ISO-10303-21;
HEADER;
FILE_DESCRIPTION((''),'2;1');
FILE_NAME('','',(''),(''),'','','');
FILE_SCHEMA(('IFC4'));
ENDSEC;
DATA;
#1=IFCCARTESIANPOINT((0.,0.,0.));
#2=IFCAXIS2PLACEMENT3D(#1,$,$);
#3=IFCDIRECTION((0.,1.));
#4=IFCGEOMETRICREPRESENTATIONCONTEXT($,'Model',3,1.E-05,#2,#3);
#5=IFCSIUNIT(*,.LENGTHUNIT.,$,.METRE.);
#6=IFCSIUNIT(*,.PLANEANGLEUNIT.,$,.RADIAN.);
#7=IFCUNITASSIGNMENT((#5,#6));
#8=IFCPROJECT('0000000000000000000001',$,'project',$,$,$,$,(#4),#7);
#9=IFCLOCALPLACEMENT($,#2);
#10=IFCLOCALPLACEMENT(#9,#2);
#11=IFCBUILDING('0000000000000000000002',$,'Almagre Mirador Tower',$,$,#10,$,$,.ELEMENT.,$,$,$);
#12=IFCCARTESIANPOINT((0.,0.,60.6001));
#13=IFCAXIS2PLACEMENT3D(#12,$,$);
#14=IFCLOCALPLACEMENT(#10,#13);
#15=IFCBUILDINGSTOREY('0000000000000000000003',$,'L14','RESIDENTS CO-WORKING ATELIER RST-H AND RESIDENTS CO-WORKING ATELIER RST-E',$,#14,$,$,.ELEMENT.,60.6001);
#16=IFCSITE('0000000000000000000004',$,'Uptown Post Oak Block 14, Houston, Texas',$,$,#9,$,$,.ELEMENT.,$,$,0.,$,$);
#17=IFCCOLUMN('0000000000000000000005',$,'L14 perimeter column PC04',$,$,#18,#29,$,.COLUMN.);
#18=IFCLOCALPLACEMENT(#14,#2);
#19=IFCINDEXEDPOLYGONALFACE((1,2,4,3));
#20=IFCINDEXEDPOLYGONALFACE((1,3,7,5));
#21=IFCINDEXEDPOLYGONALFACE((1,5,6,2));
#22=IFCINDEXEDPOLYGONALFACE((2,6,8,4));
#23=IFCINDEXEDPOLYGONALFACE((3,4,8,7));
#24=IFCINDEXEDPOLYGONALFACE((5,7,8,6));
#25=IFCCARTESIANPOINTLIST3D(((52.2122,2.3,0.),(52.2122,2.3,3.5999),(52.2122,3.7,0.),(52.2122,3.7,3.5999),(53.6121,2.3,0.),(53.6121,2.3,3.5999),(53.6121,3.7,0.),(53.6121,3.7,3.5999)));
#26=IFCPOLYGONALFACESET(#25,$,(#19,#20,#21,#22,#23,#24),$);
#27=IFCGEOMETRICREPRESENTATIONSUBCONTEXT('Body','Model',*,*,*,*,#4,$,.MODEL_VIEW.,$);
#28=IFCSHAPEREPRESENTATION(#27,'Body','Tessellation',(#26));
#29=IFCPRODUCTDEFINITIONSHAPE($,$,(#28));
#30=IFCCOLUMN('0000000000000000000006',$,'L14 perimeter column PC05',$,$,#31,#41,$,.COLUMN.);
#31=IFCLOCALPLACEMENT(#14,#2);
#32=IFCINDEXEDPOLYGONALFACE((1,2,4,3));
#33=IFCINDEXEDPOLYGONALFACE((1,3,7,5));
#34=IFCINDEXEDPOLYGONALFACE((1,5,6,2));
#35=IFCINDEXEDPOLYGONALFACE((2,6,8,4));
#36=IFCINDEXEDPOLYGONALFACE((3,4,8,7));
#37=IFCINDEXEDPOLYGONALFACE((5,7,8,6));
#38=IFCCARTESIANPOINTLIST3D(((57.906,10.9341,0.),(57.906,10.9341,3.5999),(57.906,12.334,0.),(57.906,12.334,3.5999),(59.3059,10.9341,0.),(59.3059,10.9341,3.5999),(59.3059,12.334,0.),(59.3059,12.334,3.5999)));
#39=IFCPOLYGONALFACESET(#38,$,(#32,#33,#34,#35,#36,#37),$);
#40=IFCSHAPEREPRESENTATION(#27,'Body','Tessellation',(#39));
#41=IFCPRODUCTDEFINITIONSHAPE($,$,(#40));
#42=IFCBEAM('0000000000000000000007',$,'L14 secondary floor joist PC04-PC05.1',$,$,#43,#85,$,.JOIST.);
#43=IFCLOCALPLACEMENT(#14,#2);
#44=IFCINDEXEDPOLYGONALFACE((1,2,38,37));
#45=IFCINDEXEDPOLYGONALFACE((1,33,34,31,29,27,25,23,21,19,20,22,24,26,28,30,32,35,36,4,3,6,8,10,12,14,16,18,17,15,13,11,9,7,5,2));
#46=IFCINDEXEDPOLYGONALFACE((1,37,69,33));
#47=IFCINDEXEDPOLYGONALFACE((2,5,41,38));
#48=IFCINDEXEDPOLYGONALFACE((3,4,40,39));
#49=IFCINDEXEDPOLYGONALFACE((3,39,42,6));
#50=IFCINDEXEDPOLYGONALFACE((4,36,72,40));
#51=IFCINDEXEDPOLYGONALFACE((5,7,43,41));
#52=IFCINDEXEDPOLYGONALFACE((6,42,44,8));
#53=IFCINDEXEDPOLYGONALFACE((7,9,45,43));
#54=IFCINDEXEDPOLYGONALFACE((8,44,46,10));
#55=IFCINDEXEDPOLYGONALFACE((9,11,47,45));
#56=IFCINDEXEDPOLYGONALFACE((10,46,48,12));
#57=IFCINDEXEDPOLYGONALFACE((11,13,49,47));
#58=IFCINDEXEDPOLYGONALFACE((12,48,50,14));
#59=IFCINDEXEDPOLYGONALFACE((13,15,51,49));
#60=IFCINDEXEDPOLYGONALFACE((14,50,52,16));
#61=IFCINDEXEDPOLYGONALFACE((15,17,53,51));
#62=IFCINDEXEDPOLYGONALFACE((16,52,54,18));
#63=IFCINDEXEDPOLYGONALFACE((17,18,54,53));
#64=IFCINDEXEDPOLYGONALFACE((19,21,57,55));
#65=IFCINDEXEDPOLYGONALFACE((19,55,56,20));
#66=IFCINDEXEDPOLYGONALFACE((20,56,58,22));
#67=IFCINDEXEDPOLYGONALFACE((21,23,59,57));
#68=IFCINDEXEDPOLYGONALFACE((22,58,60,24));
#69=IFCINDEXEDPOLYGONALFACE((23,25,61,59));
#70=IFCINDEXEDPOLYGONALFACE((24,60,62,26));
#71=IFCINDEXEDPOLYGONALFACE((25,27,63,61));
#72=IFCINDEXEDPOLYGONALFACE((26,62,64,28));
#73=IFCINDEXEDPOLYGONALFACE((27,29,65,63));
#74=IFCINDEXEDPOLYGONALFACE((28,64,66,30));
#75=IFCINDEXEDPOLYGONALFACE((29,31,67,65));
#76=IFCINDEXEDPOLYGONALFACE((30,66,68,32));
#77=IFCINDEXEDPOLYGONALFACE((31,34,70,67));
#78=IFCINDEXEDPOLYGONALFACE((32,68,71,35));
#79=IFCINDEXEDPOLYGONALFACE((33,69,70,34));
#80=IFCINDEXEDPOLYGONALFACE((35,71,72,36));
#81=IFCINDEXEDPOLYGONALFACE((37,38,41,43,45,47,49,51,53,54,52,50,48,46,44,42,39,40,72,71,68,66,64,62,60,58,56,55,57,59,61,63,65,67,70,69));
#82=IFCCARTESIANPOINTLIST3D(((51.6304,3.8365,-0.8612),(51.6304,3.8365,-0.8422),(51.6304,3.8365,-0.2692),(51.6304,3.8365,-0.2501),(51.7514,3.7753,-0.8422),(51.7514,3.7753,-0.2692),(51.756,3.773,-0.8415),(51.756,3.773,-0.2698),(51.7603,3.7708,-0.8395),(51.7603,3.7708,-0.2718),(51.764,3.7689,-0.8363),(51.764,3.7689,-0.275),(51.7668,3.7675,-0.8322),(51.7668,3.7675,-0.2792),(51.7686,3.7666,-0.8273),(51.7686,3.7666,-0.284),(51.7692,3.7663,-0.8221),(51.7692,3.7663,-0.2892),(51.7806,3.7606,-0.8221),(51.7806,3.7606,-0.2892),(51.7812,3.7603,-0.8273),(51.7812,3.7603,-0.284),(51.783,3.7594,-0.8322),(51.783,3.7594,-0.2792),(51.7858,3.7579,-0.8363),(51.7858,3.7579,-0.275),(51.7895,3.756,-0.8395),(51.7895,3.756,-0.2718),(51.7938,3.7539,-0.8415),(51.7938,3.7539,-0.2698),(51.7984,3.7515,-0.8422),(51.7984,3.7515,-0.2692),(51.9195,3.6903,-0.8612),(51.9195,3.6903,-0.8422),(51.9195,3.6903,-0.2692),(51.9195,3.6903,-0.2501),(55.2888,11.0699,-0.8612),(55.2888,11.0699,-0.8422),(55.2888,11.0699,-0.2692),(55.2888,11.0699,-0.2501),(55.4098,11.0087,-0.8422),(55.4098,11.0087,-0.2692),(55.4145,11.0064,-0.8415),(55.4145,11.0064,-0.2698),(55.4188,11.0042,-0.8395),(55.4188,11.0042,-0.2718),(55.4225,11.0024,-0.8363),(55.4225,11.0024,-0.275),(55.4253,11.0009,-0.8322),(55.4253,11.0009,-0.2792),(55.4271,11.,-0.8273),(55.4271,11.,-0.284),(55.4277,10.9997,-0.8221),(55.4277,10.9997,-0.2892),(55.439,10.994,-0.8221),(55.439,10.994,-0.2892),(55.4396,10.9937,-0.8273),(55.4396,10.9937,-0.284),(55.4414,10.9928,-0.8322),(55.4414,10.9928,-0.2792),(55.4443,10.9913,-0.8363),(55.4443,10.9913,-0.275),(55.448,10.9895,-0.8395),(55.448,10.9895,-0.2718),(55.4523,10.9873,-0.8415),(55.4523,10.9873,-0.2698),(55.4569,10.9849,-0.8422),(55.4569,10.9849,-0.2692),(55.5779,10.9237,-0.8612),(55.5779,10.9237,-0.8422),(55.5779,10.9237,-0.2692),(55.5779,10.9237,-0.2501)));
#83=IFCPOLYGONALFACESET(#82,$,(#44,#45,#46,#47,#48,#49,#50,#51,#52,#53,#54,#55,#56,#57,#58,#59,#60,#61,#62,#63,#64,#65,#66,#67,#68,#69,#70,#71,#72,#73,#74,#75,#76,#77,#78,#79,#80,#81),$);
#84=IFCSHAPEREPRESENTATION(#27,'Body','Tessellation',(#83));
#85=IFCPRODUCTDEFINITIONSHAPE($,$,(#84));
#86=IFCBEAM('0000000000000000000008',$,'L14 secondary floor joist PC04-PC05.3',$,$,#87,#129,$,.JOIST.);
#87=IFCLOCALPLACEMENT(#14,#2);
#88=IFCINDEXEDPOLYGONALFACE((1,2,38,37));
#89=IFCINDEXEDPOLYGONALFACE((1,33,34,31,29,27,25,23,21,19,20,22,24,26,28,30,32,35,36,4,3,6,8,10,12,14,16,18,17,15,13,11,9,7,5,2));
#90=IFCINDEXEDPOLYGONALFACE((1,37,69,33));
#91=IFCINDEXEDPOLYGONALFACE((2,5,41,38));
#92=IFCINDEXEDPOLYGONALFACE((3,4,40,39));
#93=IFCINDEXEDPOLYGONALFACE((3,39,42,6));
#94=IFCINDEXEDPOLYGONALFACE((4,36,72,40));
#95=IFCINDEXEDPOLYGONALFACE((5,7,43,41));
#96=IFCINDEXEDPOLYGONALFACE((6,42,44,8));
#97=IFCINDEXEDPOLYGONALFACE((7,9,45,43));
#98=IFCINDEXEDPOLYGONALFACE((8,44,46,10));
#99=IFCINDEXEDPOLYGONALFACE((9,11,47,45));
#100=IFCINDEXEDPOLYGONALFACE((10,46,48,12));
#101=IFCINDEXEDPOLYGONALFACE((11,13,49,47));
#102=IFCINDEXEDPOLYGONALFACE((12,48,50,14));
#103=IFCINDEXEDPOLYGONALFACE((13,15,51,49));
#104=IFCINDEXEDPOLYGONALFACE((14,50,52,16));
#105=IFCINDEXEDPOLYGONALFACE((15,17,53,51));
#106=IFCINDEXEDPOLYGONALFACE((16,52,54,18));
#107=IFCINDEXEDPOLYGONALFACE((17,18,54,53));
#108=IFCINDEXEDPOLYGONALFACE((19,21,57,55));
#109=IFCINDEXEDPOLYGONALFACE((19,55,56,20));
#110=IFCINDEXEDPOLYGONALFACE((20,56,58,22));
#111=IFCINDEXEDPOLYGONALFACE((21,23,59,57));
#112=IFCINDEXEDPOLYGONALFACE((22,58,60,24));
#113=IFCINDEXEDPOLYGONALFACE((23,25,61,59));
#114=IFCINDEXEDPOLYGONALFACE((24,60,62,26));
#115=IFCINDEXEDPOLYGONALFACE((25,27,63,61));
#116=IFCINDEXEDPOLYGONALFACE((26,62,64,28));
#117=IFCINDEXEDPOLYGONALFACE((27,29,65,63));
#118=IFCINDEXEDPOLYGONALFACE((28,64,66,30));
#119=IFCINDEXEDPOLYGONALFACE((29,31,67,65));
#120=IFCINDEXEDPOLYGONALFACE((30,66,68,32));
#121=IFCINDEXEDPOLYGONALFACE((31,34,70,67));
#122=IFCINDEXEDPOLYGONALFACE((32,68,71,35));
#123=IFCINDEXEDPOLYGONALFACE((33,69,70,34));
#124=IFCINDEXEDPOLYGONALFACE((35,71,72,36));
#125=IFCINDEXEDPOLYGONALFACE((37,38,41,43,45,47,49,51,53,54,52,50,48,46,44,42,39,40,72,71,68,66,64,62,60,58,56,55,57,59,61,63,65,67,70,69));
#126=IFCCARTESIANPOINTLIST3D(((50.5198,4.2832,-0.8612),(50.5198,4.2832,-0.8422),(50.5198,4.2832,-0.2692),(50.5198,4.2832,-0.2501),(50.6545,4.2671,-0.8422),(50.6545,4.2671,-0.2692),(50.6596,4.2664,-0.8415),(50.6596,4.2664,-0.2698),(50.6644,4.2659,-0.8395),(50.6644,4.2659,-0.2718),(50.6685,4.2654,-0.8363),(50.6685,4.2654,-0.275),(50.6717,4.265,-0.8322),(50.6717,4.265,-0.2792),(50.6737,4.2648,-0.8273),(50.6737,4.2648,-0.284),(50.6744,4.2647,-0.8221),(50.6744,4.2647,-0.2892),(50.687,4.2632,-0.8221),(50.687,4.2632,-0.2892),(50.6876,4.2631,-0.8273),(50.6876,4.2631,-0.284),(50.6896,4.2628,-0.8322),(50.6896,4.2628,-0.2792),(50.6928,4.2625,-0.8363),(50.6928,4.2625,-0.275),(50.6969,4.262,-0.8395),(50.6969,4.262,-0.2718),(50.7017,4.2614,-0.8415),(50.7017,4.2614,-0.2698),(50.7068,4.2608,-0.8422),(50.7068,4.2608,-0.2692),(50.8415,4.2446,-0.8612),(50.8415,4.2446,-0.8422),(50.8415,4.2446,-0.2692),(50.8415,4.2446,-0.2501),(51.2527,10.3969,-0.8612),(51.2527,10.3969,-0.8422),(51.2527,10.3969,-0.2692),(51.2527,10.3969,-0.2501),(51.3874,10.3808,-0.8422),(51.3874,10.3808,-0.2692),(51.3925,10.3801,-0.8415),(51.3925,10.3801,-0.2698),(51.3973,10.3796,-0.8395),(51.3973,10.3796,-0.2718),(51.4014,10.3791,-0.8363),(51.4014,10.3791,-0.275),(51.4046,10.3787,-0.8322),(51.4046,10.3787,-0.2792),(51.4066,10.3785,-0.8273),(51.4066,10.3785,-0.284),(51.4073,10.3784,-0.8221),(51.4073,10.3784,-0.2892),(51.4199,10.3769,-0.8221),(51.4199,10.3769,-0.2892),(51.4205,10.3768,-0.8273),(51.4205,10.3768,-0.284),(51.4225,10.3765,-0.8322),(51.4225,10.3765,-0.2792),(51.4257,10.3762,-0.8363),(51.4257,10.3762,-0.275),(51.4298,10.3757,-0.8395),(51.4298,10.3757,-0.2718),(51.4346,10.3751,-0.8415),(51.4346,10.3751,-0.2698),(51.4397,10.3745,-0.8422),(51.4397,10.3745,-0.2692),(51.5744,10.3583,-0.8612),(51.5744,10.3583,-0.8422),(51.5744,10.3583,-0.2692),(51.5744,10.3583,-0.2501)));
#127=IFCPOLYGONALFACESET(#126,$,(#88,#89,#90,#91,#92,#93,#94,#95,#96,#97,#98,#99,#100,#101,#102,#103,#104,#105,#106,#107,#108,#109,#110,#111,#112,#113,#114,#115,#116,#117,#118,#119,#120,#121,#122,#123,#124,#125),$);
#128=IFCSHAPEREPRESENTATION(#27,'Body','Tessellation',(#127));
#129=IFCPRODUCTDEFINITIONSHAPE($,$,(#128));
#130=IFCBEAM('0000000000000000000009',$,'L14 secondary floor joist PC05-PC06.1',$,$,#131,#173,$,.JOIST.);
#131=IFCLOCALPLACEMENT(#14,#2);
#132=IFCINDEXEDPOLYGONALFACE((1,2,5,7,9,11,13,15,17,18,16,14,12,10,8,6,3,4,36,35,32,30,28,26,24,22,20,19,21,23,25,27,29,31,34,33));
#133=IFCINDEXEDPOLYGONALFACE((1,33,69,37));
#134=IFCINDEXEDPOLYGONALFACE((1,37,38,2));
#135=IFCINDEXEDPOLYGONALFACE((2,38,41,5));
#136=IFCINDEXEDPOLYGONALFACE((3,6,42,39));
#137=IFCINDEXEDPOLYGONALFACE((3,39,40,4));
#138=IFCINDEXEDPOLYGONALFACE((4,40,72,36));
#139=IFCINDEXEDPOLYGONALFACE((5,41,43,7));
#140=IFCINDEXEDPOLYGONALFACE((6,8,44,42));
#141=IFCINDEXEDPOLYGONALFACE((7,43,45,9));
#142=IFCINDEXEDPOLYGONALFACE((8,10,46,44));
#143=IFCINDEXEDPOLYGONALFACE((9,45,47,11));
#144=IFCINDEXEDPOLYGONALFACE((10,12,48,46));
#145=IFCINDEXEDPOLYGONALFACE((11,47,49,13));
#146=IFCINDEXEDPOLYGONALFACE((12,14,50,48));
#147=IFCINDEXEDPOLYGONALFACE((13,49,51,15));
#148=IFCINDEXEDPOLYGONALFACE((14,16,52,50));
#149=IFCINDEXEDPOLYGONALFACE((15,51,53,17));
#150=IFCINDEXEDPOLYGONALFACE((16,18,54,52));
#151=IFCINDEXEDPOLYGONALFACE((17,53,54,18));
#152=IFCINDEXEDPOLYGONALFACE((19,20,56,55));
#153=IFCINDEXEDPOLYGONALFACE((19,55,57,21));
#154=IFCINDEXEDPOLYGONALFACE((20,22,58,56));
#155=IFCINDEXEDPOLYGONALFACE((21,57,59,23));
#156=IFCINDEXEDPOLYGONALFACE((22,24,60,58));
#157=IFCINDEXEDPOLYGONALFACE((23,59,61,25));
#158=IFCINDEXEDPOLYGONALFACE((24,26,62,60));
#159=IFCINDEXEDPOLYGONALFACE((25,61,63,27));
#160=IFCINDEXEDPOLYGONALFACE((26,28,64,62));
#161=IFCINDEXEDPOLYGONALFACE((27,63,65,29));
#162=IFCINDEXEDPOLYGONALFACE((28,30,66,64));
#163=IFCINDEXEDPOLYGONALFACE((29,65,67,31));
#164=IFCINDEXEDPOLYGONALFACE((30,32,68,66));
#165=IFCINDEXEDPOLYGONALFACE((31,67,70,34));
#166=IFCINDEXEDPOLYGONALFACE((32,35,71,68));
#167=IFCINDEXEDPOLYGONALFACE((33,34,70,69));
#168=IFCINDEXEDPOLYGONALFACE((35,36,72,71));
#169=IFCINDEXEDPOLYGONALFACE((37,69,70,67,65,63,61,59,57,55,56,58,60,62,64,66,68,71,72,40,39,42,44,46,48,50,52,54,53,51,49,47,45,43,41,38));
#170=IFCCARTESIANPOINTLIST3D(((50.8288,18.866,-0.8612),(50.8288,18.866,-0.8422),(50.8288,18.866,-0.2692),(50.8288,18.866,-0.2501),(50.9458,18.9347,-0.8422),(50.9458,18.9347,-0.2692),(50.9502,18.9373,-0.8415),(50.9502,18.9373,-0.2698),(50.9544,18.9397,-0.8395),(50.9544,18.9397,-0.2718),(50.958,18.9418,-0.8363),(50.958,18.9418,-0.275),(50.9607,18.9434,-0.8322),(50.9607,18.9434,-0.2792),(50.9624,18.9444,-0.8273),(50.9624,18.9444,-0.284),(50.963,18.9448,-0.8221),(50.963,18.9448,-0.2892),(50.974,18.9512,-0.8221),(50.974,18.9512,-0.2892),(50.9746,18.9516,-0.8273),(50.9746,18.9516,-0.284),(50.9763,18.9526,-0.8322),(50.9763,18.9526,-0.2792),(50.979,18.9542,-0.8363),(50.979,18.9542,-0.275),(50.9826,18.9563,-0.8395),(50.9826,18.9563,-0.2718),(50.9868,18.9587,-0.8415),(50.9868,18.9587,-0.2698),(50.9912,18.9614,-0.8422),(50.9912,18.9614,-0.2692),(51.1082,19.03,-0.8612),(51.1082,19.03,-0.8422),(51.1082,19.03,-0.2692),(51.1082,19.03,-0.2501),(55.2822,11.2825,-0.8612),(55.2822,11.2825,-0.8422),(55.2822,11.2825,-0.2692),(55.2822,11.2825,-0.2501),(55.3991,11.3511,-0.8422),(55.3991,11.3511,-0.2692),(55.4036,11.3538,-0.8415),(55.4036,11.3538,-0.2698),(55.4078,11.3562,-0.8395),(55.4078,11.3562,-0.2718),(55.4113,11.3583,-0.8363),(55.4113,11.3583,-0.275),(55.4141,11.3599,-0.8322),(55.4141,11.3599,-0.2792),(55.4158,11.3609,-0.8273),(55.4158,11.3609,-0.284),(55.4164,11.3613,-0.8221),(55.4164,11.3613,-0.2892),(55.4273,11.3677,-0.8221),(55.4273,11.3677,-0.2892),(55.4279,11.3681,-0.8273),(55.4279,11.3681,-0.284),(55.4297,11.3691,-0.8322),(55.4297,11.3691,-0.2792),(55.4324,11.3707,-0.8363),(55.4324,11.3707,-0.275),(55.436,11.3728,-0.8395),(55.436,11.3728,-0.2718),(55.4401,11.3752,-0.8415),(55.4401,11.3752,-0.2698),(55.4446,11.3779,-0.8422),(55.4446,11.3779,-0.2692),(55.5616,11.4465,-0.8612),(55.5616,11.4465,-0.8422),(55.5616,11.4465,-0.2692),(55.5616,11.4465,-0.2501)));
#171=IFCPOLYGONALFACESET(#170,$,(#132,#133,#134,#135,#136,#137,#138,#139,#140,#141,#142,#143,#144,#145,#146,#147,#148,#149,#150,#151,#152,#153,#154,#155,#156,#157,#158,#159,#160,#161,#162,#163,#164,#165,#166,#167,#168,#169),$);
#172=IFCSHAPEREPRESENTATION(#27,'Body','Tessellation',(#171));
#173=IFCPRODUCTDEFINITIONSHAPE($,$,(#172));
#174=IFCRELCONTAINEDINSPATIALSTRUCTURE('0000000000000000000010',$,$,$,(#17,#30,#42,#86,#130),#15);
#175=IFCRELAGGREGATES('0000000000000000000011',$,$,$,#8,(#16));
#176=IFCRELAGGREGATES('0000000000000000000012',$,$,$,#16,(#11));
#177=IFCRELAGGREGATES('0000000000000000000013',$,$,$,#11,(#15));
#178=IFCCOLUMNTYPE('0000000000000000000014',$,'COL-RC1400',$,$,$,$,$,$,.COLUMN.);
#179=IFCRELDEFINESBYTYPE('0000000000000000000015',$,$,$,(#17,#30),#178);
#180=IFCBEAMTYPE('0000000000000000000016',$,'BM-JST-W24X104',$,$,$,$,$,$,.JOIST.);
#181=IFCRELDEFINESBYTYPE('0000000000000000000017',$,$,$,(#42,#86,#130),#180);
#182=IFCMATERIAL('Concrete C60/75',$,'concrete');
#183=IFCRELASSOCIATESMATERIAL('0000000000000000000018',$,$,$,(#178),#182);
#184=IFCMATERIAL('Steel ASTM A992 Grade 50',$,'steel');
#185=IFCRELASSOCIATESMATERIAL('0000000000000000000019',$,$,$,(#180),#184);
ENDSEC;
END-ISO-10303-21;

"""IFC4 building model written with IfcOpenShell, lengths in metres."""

from ifc_helpers import new_model, si_unit, direction, frame, origin, origin_2d, place, context, subcontext, project, spatial, rectangle, i_section, extrude, material, material_profile, profile_set, type_object, element, save


model = new_model("IFC4")

# Units and contexts
model_context = context("Model", 3, precision=1e-05, world=origin(), true_north=direction((0.0, 1.0)))
body_context = subcontext(model_context, "Body", "Model", "MODEL_VIEW")
ifc_project = project(units=[si_unit("LENGTHUNIT", "METRE"), si_unit("PLANEANGLEUNIT", "RADIAN")], contexts=[model_context])

# Site, building, storey
site_placement = place(None, origin())
site = spatial("IfcSite", under=ifc_project, at=site_placement, Name="Uptown Post Oak Block 14, Houston, Texas", CompositionType="ELEMENT", RefElevation=0.0)
building_placement = place(site_placement, origin())
building = spatial("IfcBuilding", under=site, at=building_placement, Name="Almagre Mirador Tower", CompositionType="ELEMENT")
storey_placement = place(building_placement, frame((0.0, 0.0, 60.6001)))
storey = spatial("IfcBuildingStorey", under=building, at=storey_placement, Name="L14", Description="RESIDENTS CO-WORKING ATELIER RST-H AND RESIDENTS CO-WORKING ATELIER RST-E", CompositionType="ELEMENT", Elevation=60.6001)

# Columns
ifc_material_1 = material(Name="Concrete C60/75", Category="concrete")
ifc_material_profile_1 = material_profile(ifc_material_1, rectangle(XDim=1.3999, YDim=1.3999, at=origin_2d()), Name="RC1400X1400")
ifc_profile_set_1 = profile_set([ifc_material_profile_1], Name="Concrete C60/75")
column_type = type_object("IfcColumnType", Name="COL-RC1400", PredefinedType="COLUMN", material=ifc_profile_set_1)
for number, where, z_axis, x_axis, name in (
    (1, (52.9121, 3.0, 0.0), (0.0, 0.0, 1.0), (1.0, 0.0, 0.0), "L14 perimeter column PC04"),
    (2, (58.606, 11.634, 0.0), (0.0, 0.0, 1.0), (1.0, 0.0, 0.0), "L14 perimeter column PC05"),
):
    element("IfcColumn", number, at=place(storey_placement, frame(where, z_axis=z_axis, x_axis=x_axis)), inside=storey, type_object=column_type, Name=name, PredefinedType="COLUMN", context=body_context, shape_type="SweptSolid", body=[
        extrude(rectangle(XDim=1.3999, YDim=1.3999, at=origin_2d()), origin(), (0.0, 0.0, 1.0), 3.5999),
    ])

# Beams
ifc_material_2 = material(Name="Steel ASTM A992 Grade 50", Category="steel")
ifc_material_profile_2 = material_profile(ifc_material_2, i_section(OverallWidth=0.324, OverallDepth=0.6111, WebThickness=0.0127, FlangeThickness=0.019, FilletRadius=0.02, at=origin_2d()), Name="W24X104")
ifc_profile_set_2 = profile_set([ifc_material_profile_2], Name="Steel ASTM A992 Grade 50")
beam_type_1 = type_object("IfcBeamType", Name="BM-JST-W24X104", PredefinedType="JOIST", material=ifc_profile_set_2)
beam_1_placement = place(storey_placement, frame((51.7749, 3.7634, -0.5557), z_axis=(0.451329, 0.892358, 0.0), x_axis=(-0.892358, 0.451329, 0.0)))
element("IfcBeam", 3, at=beam_1_placement, inside=storey, type_object=beam_type_1, Name="L14 secondary floor joist PC04-PC05.1", PredefinedType="JOIST", context=body_context, shape_type="SweptSolid", body=[
    extrude(i_section(OverallWidth=0.324, OverallDepth=0.6111, WebThickness=0.0127, FlangeThickness=0.019, FilletRadius=0.02, at=origin_2d()), origin(), (0.0, 0.0, 1.0), 8.106),
])
beam_2_placement = place(storey_placement, frame((50.6807, 4.2639, -0.5557), z_axis=(0.119026, 0.992891, 0.0), x_axis=(-0.992891, 0.119026, 0.0)))
element("IfcBeam", 4, at=beam_2_placement, inside=storey, type_object=beam_type_1, Name="L14 secondary floor joist PC04-PC05.3", PredefinedType="JOIST", context=body_context, shape_type="SweptSolid", body=[
    extrude(i_section(OverallWidth=0.324, OverallDepth=0.6111, WebThickness=0.0127, FlangeThickness=0.019, FilletRadius=0.02, at=origin_2d()), origin(), (0.0, 0.0, 1.0), 6.1575),
])
beam_3_placement = place(storey_placement, frame((55.4219, 11.3645, -0.5557), z_axis=(-0.506385, 0.862307, 0.0), x_axis=(-0.862307, -0.506385, 0.0)))
element("IfcBeam", 5, at=beam_3_placement, inside=storey, type_object=beam_type_1, Name="L14 secondary floor joist PC05-PC06.1", PredefinedType="JOIST", context=body_context, shape_type="SweptSolid", body=[
    extrude(i_section(OverallWidth=0.324, OverallDepth=0.6111, WebThickness=0.0127, FlangeThickness=0.019, FilletRadius=0.02, at=origin_2d()), origin(), (0.0, 0.0, 1.0), 8.7944),
])

save(model, "model.ifc")
